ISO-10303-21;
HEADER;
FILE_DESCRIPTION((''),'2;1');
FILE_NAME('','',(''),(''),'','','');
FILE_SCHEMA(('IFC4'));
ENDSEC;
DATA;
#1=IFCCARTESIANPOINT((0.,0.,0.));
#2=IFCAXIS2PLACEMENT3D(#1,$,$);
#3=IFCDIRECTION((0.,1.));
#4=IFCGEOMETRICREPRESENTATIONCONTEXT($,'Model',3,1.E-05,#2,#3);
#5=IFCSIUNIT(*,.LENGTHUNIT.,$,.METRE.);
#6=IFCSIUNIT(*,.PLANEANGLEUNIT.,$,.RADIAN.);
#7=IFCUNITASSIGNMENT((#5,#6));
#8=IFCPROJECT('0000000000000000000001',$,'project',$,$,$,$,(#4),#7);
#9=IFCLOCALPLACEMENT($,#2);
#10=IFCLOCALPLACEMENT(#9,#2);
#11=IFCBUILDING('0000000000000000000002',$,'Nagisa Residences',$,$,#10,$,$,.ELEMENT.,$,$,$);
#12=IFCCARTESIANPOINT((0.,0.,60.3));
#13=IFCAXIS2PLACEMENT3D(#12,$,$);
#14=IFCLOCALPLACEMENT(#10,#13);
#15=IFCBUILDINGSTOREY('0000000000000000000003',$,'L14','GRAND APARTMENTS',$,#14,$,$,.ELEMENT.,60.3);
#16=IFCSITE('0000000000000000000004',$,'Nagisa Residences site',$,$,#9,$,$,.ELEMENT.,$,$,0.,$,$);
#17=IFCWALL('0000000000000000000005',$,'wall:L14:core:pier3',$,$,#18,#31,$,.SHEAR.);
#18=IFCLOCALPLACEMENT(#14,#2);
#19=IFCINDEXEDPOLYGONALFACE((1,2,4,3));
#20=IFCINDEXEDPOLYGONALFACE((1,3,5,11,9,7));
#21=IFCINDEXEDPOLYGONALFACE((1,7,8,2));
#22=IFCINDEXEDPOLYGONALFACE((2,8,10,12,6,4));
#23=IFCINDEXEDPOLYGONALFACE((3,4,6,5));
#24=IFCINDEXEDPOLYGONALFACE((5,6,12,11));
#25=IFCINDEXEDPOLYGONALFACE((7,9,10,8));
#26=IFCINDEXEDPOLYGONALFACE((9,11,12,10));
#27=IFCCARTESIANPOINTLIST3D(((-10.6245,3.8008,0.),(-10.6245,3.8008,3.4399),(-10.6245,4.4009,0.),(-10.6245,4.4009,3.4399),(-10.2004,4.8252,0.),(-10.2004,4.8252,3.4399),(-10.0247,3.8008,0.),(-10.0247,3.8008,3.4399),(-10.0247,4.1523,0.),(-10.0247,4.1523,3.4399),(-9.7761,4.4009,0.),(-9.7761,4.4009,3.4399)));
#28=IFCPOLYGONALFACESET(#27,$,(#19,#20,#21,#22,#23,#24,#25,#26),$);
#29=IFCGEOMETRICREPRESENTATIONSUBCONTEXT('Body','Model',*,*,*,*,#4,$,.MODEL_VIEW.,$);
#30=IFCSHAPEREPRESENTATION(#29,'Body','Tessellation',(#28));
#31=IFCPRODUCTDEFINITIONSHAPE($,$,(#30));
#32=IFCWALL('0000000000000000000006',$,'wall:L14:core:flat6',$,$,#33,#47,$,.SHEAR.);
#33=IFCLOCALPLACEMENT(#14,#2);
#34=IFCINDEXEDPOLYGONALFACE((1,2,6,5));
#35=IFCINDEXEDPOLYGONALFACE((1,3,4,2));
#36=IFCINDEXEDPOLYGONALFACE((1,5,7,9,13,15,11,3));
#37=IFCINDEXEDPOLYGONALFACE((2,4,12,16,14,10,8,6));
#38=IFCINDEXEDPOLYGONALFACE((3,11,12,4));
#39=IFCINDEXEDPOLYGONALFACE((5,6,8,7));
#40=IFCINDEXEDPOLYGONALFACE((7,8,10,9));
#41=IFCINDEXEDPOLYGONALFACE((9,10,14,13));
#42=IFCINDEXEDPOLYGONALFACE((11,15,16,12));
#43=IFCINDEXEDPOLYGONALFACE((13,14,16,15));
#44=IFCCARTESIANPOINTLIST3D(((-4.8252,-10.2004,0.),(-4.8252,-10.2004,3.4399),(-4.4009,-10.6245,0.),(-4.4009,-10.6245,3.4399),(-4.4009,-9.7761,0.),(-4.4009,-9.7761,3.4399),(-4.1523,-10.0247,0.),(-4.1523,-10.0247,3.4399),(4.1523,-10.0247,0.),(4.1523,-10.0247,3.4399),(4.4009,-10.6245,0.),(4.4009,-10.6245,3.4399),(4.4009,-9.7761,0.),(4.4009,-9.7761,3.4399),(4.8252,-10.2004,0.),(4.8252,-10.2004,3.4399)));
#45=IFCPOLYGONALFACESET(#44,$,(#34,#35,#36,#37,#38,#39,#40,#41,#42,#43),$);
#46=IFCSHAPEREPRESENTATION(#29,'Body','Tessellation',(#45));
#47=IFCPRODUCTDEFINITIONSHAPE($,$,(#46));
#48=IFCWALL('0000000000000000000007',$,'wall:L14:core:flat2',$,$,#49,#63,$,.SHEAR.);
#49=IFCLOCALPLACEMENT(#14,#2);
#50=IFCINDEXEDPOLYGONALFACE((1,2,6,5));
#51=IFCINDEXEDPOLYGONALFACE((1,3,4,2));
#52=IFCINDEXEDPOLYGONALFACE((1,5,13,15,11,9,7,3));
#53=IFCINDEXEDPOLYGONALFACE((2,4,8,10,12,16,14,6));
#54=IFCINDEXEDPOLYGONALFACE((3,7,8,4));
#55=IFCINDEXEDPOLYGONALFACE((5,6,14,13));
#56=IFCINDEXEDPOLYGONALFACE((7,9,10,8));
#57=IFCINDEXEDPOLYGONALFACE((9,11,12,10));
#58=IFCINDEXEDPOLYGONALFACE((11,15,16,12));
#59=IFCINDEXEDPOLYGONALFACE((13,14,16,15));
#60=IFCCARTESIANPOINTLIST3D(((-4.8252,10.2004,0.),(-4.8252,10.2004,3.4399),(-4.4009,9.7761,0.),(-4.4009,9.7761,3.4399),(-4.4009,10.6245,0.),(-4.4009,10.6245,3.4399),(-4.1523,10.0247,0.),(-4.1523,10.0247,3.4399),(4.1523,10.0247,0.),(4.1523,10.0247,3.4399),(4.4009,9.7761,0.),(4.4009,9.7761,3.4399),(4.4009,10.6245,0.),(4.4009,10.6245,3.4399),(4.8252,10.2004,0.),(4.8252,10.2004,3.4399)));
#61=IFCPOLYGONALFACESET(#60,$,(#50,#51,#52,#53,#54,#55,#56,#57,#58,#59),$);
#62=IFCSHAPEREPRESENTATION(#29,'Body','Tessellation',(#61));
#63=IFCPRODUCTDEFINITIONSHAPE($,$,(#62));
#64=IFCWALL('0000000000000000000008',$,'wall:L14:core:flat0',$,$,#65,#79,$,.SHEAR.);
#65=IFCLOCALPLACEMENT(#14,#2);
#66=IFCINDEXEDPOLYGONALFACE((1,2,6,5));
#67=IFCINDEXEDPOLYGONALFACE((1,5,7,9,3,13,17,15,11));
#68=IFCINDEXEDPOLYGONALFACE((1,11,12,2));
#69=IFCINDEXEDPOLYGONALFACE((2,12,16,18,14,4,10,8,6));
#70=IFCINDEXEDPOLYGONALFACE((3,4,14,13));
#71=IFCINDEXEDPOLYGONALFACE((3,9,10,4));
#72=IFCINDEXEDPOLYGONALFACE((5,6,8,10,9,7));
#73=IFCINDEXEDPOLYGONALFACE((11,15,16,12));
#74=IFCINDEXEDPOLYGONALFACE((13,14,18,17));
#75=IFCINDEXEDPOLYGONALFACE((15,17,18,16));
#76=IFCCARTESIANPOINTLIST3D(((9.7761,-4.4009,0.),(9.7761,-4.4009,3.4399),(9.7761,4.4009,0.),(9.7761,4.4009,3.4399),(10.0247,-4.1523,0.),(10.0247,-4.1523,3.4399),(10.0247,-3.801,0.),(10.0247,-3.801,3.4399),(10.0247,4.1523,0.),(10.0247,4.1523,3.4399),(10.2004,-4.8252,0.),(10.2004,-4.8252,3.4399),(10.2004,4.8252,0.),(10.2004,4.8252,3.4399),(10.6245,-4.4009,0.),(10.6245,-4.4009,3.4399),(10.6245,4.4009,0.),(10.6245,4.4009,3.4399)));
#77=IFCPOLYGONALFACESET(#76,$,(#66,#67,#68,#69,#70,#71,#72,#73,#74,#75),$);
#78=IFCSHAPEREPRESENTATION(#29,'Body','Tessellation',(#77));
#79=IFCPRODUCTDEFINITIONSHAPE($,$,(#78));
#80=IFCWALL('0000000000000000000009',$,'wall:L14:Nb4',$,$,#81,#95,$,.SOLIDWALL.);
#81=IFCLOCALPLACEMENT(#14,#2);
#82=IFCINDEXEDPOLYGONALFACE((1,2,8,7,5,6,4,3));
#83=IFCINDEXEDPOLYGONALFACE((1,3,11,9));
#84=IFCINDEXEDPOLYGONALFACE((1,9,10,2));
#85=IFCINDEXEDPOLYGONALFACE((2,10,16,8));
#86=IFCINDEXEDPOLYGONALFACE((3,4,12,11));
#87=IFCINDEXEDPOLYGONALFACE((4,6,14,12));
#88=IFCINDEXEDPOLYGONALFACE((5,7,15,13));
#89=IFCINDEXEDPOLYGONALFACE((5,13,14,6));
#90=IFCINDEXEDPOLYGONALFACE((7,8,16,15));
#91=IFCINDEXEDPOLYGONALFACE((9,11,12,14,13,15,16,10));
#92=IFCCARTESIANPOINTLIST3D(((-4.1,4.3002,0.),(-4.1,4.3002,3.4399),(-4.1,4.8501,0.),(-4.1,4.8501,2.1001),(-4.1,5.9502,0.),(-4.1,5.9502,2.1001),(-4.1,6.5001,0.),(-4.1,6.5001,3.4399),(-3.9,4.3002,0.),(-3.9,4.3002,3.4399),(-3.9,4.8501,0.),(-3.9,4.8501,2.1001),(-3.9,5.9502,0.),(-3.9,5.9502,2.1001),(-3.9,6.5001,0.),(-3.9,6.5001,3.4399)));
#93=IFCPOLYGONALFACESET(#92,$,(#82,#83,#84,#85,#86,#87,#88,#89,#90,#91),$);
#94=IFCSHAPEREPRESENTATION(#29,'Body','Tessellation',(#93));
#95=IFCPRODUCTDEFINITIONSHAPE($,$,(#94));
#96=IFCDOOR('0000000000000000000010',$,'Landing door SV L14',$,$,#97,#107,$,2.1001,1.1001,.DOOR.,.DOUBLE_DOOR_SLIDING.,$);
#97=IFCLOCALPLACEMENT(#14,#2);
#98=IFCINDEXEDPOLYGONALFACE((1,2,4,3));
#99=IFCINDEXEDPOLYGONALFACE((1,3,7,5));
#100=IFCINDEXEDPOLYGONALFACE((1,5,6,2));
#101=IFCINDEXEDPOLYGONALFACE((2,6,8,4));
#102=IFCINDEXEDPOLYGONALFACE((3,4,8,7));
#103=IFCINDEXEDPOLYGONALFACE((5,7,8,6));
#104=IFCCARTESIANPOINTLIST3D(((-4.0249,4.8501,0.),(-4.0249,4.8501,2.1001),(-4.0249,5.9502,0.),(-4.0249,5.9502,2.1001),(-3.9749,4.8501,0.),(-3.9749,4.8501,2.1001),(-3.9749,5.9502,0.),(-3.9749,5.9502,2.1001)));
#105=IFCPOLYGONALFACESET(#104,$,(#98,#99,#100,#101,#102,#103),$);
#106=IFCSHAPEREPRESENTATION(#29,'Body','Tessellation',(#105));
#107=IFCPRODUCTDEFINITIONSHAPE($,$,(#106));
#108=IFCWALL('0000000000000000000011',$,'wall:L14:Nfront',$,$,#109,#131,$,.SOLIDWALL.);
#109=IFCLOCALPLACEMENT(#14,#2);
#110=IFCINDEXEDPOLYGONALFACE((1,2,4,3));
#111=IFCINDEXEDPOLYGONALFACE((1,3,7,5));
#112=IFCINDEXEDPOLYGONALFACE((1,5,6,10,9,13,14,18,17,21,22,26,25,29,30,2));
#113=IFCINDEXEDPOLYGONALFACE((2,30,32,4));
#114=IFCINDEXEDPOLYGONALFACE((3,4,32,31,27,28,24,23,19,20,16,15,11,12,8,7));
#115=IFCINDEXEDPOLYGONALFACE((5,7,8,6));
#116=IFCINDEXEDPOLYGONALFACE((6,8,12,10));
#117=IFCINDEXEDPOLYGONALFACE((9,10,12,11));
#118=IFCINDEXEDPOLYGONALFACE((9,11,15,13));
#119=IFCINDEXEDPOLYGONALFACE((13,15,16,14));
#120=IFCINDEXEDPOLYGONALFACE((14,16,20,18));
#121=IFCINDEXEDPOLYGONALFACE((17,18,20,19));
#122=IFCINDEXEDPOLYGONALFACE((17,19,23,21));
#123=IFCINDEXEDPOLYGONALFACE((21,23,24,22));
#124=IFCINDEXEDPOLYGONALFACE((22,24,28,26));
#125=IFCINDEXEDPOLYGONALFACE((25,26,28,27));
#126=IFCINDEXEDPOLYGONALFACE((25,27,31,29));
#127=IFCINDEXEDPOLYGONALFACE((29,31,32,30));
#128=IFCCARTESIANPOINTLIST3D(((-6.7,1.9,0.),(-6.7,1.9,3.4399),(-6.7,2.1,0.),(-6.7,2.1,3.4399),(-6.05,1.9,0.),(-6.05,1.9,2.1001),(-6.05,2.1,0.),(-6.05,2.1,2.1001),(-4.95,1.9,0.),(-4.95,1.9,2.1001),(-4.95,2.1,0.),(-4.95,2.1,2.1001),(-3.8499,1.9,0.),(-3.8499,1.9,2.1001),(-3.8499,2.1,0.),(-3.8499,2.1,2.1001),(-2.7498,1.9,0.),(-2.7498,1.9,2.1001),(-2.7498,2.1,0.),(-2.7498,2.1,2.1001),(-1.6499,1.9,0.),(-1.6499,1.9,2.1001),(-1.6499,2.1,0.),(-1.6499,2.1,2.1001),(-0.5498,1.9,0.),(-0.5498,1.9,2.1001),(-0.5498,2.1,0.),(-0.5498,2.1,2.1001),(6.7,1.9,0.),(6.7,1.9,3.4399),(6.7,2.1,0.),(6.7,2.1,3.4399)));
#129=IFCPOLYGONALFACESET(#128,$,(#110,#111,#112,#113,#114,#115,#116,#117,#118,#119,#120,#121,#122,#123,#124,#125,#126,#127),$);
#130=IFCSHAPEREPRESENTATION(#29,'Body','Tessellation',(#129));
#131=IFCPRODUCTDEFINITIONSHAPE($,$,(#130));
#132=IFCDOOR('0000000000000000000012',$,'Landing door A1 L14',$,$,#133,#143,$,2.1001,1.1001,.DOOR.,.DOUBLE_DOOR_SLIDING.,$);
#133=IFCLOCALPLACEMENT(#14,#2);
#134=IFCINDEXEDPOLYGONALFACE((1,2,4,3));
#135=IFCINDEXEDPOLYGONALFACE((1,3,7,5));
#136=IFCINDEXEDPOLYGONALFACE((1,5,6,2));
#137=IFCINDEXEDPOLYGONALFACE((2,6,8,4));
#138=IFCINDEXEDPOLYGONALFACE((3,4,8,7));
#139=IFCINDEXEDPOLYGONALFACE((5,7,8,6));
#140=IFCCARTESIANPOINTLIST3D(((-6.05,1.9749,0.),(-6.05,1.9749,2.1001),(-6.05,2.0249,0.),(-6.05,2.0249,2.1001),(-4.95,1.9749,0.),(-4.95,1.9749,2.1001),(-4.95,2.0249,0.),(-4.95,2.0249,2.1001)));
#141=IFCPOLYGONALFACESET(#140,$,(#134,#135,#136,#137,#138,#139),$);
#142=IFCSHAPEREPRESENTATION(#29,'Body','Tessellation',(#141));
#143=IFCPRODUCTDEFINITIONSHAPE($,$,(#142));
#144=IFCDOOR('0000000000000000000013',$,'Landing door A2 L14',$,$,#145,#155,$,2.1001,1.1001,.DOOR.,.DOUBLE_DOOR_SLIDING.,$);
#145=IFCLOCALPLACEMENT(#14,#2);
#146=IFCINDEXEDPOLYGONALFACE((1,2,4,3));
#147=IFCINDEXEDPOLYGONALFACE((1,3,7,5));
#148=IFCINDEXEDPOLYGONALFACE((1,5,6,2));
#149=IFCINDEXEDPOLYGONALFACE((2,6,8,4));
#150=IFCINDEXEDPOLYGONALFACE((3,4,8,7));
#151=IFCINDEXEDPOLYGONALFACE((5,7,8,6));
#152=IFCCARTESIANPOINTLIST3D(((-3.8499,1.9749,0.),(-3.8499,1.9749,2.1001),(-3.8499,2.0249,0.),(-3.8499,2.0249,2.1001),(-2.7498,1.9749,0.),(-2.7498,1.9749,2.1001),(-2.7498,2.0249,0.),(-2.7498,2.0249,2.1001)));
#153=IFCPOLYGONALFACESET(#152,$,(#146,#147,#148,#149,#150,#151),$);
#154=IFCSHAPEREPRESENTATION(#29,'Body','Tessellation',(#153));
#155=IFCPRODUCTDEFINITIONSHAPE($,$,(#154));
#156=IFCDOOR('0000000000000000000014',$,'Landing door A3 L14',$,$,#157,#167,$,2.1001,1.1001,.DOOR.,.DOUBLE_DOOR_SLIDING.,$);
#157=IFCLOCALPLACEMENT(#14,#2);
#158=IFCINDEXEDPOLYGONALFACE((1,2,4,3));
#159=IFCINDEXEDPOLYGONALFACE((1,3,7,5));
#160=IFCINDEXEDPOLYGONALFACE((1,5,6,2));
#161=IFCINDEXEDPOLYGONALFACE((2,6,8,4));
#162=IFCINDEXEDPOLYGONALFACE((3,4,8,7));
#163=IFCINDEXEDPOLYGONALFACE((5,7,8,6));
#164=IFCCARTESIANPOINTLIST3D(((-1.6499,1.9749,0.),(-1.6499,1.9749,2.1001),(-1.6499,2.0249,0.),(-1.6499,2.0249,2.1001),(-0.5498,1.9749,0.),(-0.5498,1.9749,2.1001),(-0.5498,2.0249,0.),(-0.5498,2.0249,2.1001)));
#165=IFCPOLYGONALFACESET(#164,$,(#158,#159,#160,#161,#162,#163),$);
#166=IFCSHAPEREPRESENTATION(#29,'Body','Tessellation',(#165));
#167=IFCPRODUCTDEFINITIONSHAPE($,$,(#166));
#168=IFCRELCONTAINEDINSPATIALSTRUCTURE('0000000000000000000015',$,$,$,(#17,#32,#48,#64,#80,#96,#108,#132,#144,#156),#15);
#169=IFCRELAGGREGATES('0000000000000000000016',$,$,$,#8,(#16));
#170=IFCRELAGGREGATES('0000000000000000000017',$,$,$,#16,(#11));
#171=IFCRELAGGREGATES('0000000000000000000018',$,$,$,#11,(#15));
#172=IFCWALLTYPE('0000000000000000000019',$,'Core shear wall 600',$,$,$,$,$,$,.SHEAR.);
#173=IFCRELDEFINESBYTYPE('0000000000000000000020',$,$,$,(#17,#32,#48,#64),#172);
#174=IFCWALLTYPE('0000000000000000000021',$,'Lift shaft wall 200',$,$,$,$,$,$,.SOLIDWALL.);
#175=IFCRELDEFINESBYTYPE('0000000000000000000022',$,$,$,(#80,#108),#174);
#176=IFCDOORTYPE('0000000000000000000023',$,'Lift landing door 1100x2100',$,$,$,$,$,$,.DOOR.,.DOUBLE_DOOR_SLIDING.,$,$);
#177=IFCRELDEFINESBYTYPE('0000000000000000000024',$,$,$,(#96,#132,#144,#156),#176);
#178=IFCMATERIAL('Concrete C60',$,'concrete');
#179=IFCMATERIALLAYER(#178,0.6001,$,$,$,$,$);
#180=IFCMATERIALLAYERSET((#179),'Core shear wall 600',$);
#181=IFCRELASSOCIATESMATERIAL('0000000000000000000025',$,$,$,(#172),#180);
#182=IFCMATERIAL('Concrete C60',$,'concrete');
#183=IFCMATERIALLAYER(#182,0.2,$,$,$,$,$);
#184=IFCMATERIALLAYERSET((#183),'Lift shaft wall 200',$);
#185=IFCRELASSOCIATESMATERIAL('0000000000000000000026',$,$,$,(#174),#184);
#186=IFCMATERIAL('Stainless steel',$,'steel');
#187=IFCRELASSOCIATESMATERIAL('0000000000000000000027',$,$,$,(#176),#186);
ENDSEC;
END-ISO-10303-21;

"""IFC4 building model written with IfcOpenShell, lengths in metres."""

from ifc_helpers import new_model, si_unit, direction, frame, frame_2d, origin, place, context, subcontext, project, spatial, polyline, rectangle, outline, extrude, material, layer, layer_set, type_object, element, fill, save


model = new_model("IFC4")

# Units and contexts
model_context = context("Model", 3, precision=1e-05, world=origin(), true_north=direction((0.0, 1.0)))
body_context = subcontext(model_context, "Body", "Model", "MODEL_VIEW")
ifc_project = project(units=[si_unit("LENGTHUNIT", "METRE"), si_unit("PLANEANGLEUNIT", "RADIAN")], contexts=[model_context])

# Site, building, storey
site_placement = place(None, origin())
site = spatial("IfcSite", under=ifc_project, at=site_placement, Name="Nagisa Residences site", CompositionType="ELEMENT", RefElevation=0.0)
building_placement = place(site_placement, origin())
building = spatial("IfcBuilding", under=site, at=building_placement, Name="Nagisa Residences", CompositionType="ELEMENT")
storey_placement = place(building_placement, frame((0.0, 0.0, 60.3)))
storey = spatial("IfcBuildingStorey", under=building, at=storey_placement, Name="L14", Description="GRAND APARTMENTS", CompositionType="ELEMENT", Elevation=60.3)

# Shared definitions
ifc_material_1 = material(Name="Concrete C60", Category="concrete")
ifc_layer_1 = layer(ifc_material_1, 0.6001)
ifc_layer_set_1 = layer_set([ifc_layer_1], Name="Core shear wall 600")
wall_type_1 = type_object("IfcWallType", Name="Core shear wall 600", PredefinedType="SHEAR", material=ifc_layer_set_1)

# Walls
wall_1_placement = place(storey_placement, origin())
element("IfcWall", 1, at=wall_1_placement, inside=storey, type_object=wall_type_1, Name="wall:L14:core:pier3", PredefinedType="SHEAR", context=body_context, shape_type="SweptSolid", body=[
    extrude(outline(polyline([(-10.2004, 4.8252), (-9.7761, 4.4009), (-10.0247, 4.1523), (-10.0247, 3.8008), (-10.6245, 3.8008), (-10.6245, 4.4009), (-10.2004, 4.8252)])), origin(), (0.0, 0.0, 1.0), 3.4399),
])
wall_2_placement = place(storey_placement, origin())
element("IfcWall", 2, at=wall_2_placement, inside=storey, type_object=wall_type_1, Name="wall:L14:core:flat6", PredefinedType="SHEAR", context=body_context, shape_type="SweptSolid", body=[
    extrude(outline(polyline([(-4.1523, -10.0247), (4.1523, -10.0247), (4.4009, -9.7761), (4.8252, -10.2004), (4.4009, -10.6245), (-4.4009, -10.6245), (-4.8252, -10.2004), (-4.4009, -9.7761), (-4.1523, -10.0247)])), origin(), (0.0, 0.0, 1.0), 3.4399),
])
wall_3_placement = place(storey_placement, origin())
element("IfcWall", 3, at=wall_3_placement, inside=storey, type_object=wall_type_1, Name="wall:L14:core:flat2", PredefinedType="SHEAR", context=body_context, shape_type="SweptSolid", body=[
    extrude(outline(polyline([(-4.1523, 10.0247), (-4.4009, 9.7761), (-4.8252, 10.2004), (-4.4009, 10.6245), (4.4009, 10.6245), (4.8252, 10.2004), (4.4009, 9.7761), (4.1523, 10.0247), (-4.1523, 10.0247)])), origin(), (0.0, 0.0, 1.0), 3.4399),
])
wall_4_placement = place(storey_placement, origin())
element("IfcWall", 4, at=wall_4_placement, inside=storey, type_object=wall_type_1, Name="wall:L14:core:flat0", PredefinedType="SHEAR", context=body_context, shape_type="SweptSolid", body=[
    extrude(outline(polyline([(9.7761, -4.4009), (10.0247, -4.1523), (10.0247, -3.801), (10.0247, 4.1523), (9.7761, 4.4009), (10.2004, 4.8252), (10.6245, 4.4009), (10.6245, -4.4009), (10.2004, -4.8252), (9.7761, -4.4009)])), origin(), (0.0, 0.0, 1.0), 3.4399),
])

# Wall, opening, door
ifc_material_2 = material(Name="Concrete C60", Category="concrete")
ifc_layer_2 = layer(ifc_material_2, 0.2)
ifc_layer_set_2 = layer_set([ifc_layer_2], Name="Lift shaft wall 200")
wall_type_2 = type_object("IfcWallType", Name="Lift shaft wall 200", PredefinedType="SOLIDWALL", material=ifc_layer_set_2)
wall_5_placement = place(storey_placement, frame((-4.0, 4.3, 0.0), z_axis=(0.0, 0.0, 1.0), x_axis=(0.0, 1.0, 0.0)))
wall_5 = element("IfcWall", 5, at=wall_5_placement, inside=storey, type_object=wall_type_2, Name="wall:L14:Nb4", PredefinedType="SOLIDWALL", context=body_context, shape_type="SweptSolid", body=[
    extrude(rectangle(XDim=2.2, YDim=0.2, at=frame_2d((1.1001, 0.0))), origin(), (0.0, 0.0, 1.0), 3.4399),
])
opening_1_placement = place(wall_5_placement, frame((0.55, 0.0, 0.0)))
opening_1 = element("IfcOpeningElement", 6, at=opening_1_placement, cuts=wall_5, PredefinedType="OPENING", context=body_context, shape_type="SweptSolid", body=[
    extrude(rectangle(XDim=1.1001, YDim=2.1001, at=frame_2d((0.55, 1.05))), frame((0.0, 0.1099, 0.0), z_axis=(0.0, -1.0, 0.0), x_axis=(1.0, 0.0, 0.0)), (0.0, 0.0, 1.0), 0.22),
])
ifc_material_3 = material(Name="Stainless steel", Category="steel")
door_type_1 = type_object("IfcDoorType", Name="Lift landing door 1100x2100", OperationType="DOUBLE_DOOR_SLIDING", PredefinedType="DOOR", material=ifc_material_3)
door_1_placement = place(opening_1_placement, origin())
door_1 = element("IfcDoor", 7, at=door_1_placement, inside=storey, type_object=door_type_1, Name="Landing door SV L14", OperationType="DOUBLE_DOOR_SLIDING", OverallHeight=2.1001, OverallWidth=1.1001, PredefinedType="DOOR", context=body_context, shape_type="SweptSolid", body=[
    extrude(rectangle(XDim=1.1001, YDim=2.1001, at=frame_2d((0.55, 1.05))), frame((0.0, 0.0249, 0.0), z_axis=(0.0, -1.0, 0.0), x_axis=(1.0, 0.0, 0.0)), (0.0, 0.0, 1.0), 0.05),
])
fill(opening_1, door_1)

# Wall, openings, doors
wall_6_placement = place(storey_placement, frame((-6.7, 2.0, 0.0), z_axis=(0.0, 0.0, 1.0), x_axis=(1.0, 0.0, 0.0)))
wall_6 = element("IfcWall", 8, at=wall_6_placement, inside=storey, type_object=wall_type_2, Name="wall:L14:Nfront", PredefinedType="SOLIDWALL", context=body_context, shape_type="SweptSolid", body=[
    extrude(rectangle(XDim=13.3999, YDim=0.2, at=frame_2d((6.7, 0.0))), origin(), (0.0, 0.0, 1.0), 3.4399),
])
opening_2_placement = place(wall_6_placement, frame((0.6499, 0.0, 0.0)))
opening_2 = element("IfcOpeningElement", 9, at=opening_2_placement, cuts=wall_6, PredefinedType="OPENING", context=body_context, shape_type="SweptSolid", body=[
    extrude(rectangle(XDim=1.1001, YDim=2.1001, at=frame_2d((0.55, 1.05))), frame((0.0, 0.1099, 0.0), z_axis=(0.0, -1.0, 0.0), x_axis=(1.0, 0.0, 0.0)), (0.0, 0.0, 1.0), 0.22),
])
opening_3_placement = place(wall_6_placement, frame((2.8501, 0.0, 0.0)))
opening_3 = element("IfcOpeningElement", 10, at=opening_3_placement, cuts=wall_6, PredefinedType="OPENING", context=body_context, shape_type="SweptSolid", body=[
    extrude(rectangle(XDim=1.1001, YDim=2.1001, at=frame_2d((0.55, 1.05))), frame((0.0, 0.1099, 0.0), z_axis=(0.0, -1.0, 0.0), x_axis=(1.0, 0.0, 0.0)), (0.0, 0.0, 1.0), 0.22),
])
opening_4_placement = place(wall_6_placement, frame((5.05, 0.0, 0.0)))
opening_4 = element("IfcOpeningElement", 11, at=opening_4_placement, cuts=wall_6, PredefinedType="OPENING", context=body_context, shape_type="SweptSolid", body=[
    extrude(rectangle(XDim=1.1001, YDim=2.1001, at=frame_2d((0.55, 1.05))), frame((0.0, 0.1099, 0.0), z_axis=(0.0, -1.0, 0.0), x_axis=(1.0, 0.0, 0.0)), (0.0, 0.0, 1.0), 0.22),
])
door_2_placement = place(opening_2_placement, origin())
door_2 = element("IfcDoor", 12, at=door_2_placement, inside=storey, type_object=door_type_1, Name="Landing door A1 L14", OperationType="DOUBLE_DOOR_SLIDING", OverallHeight=2.1001, OverallWidth=1.1001, PredefinedType="DOOR", context=body_context, shape_type="SweptSolid", body=[
    extrude(rectangle(XDim=1.1001, YDim=2.1001, at=frame_2d((0.55, 1.05))), frame((0.0, 0.0249, 0.0), z_axis=(0.0, -1.0, 0.0), x_axis=(1.0, 0.0, 0.0)), (0.0, 0.0, 1.0), 0.05),
])
fill(opening_2, door_2)
door_3_placement = place(opening_3_placement, origin())
door_3 = element("IfcDoor", 13, at=door_3_placement, inside=storey, type_object=door_type_1, Name="Landing door A2 L14", OperationType="DOUBLE_DOOR_SLIDING", OverallHeight=2.1001, OverallWidth=1.1001, PredefinedType="DOOR", context=body_context, shape_type="SweptSolid", body=[
    extrude(rectangle(XDim=1.1001, YDim=2.1001, at=frame_2d((0.55, 1.05))), frame((0.0, 0.0249, 0.0), z_axis=(0.0, -1.0, 0.0), x_axis=(1.0, 0.0, 0.0)), (0.0, 0.0, 1.0), 0.05),
])
fill(opening_3, door_3)
door_4_placement = place(opening_4_placement, origin())
door_4 = element("IfcDoor", 14, at=door_4_placement, inside=storey, type_object=door_type_1, Name="Landing door A3 L14", OperationType="DOUBLE_DOOR_SLIDING", OverallHeight=2.1001, OverallWidth=1.1001, PredefinedType="DOOR", context=body_context, shape_type="SweptSolid", body=[
    extrude(rectangle(XDim=1.1001, YDim=2.1001, at=frame_2d((0.55, 1.05))), frame((0.0, 0.0249, 0.0), z_axis=(0.0, -1.0, 0.0), x_axis=(1.0, 0.0, 0.0)), (0.0, 0.0, 1.0), 0.05),
])
fill(opening_4, door_4)

save(model, "model.ifc")
